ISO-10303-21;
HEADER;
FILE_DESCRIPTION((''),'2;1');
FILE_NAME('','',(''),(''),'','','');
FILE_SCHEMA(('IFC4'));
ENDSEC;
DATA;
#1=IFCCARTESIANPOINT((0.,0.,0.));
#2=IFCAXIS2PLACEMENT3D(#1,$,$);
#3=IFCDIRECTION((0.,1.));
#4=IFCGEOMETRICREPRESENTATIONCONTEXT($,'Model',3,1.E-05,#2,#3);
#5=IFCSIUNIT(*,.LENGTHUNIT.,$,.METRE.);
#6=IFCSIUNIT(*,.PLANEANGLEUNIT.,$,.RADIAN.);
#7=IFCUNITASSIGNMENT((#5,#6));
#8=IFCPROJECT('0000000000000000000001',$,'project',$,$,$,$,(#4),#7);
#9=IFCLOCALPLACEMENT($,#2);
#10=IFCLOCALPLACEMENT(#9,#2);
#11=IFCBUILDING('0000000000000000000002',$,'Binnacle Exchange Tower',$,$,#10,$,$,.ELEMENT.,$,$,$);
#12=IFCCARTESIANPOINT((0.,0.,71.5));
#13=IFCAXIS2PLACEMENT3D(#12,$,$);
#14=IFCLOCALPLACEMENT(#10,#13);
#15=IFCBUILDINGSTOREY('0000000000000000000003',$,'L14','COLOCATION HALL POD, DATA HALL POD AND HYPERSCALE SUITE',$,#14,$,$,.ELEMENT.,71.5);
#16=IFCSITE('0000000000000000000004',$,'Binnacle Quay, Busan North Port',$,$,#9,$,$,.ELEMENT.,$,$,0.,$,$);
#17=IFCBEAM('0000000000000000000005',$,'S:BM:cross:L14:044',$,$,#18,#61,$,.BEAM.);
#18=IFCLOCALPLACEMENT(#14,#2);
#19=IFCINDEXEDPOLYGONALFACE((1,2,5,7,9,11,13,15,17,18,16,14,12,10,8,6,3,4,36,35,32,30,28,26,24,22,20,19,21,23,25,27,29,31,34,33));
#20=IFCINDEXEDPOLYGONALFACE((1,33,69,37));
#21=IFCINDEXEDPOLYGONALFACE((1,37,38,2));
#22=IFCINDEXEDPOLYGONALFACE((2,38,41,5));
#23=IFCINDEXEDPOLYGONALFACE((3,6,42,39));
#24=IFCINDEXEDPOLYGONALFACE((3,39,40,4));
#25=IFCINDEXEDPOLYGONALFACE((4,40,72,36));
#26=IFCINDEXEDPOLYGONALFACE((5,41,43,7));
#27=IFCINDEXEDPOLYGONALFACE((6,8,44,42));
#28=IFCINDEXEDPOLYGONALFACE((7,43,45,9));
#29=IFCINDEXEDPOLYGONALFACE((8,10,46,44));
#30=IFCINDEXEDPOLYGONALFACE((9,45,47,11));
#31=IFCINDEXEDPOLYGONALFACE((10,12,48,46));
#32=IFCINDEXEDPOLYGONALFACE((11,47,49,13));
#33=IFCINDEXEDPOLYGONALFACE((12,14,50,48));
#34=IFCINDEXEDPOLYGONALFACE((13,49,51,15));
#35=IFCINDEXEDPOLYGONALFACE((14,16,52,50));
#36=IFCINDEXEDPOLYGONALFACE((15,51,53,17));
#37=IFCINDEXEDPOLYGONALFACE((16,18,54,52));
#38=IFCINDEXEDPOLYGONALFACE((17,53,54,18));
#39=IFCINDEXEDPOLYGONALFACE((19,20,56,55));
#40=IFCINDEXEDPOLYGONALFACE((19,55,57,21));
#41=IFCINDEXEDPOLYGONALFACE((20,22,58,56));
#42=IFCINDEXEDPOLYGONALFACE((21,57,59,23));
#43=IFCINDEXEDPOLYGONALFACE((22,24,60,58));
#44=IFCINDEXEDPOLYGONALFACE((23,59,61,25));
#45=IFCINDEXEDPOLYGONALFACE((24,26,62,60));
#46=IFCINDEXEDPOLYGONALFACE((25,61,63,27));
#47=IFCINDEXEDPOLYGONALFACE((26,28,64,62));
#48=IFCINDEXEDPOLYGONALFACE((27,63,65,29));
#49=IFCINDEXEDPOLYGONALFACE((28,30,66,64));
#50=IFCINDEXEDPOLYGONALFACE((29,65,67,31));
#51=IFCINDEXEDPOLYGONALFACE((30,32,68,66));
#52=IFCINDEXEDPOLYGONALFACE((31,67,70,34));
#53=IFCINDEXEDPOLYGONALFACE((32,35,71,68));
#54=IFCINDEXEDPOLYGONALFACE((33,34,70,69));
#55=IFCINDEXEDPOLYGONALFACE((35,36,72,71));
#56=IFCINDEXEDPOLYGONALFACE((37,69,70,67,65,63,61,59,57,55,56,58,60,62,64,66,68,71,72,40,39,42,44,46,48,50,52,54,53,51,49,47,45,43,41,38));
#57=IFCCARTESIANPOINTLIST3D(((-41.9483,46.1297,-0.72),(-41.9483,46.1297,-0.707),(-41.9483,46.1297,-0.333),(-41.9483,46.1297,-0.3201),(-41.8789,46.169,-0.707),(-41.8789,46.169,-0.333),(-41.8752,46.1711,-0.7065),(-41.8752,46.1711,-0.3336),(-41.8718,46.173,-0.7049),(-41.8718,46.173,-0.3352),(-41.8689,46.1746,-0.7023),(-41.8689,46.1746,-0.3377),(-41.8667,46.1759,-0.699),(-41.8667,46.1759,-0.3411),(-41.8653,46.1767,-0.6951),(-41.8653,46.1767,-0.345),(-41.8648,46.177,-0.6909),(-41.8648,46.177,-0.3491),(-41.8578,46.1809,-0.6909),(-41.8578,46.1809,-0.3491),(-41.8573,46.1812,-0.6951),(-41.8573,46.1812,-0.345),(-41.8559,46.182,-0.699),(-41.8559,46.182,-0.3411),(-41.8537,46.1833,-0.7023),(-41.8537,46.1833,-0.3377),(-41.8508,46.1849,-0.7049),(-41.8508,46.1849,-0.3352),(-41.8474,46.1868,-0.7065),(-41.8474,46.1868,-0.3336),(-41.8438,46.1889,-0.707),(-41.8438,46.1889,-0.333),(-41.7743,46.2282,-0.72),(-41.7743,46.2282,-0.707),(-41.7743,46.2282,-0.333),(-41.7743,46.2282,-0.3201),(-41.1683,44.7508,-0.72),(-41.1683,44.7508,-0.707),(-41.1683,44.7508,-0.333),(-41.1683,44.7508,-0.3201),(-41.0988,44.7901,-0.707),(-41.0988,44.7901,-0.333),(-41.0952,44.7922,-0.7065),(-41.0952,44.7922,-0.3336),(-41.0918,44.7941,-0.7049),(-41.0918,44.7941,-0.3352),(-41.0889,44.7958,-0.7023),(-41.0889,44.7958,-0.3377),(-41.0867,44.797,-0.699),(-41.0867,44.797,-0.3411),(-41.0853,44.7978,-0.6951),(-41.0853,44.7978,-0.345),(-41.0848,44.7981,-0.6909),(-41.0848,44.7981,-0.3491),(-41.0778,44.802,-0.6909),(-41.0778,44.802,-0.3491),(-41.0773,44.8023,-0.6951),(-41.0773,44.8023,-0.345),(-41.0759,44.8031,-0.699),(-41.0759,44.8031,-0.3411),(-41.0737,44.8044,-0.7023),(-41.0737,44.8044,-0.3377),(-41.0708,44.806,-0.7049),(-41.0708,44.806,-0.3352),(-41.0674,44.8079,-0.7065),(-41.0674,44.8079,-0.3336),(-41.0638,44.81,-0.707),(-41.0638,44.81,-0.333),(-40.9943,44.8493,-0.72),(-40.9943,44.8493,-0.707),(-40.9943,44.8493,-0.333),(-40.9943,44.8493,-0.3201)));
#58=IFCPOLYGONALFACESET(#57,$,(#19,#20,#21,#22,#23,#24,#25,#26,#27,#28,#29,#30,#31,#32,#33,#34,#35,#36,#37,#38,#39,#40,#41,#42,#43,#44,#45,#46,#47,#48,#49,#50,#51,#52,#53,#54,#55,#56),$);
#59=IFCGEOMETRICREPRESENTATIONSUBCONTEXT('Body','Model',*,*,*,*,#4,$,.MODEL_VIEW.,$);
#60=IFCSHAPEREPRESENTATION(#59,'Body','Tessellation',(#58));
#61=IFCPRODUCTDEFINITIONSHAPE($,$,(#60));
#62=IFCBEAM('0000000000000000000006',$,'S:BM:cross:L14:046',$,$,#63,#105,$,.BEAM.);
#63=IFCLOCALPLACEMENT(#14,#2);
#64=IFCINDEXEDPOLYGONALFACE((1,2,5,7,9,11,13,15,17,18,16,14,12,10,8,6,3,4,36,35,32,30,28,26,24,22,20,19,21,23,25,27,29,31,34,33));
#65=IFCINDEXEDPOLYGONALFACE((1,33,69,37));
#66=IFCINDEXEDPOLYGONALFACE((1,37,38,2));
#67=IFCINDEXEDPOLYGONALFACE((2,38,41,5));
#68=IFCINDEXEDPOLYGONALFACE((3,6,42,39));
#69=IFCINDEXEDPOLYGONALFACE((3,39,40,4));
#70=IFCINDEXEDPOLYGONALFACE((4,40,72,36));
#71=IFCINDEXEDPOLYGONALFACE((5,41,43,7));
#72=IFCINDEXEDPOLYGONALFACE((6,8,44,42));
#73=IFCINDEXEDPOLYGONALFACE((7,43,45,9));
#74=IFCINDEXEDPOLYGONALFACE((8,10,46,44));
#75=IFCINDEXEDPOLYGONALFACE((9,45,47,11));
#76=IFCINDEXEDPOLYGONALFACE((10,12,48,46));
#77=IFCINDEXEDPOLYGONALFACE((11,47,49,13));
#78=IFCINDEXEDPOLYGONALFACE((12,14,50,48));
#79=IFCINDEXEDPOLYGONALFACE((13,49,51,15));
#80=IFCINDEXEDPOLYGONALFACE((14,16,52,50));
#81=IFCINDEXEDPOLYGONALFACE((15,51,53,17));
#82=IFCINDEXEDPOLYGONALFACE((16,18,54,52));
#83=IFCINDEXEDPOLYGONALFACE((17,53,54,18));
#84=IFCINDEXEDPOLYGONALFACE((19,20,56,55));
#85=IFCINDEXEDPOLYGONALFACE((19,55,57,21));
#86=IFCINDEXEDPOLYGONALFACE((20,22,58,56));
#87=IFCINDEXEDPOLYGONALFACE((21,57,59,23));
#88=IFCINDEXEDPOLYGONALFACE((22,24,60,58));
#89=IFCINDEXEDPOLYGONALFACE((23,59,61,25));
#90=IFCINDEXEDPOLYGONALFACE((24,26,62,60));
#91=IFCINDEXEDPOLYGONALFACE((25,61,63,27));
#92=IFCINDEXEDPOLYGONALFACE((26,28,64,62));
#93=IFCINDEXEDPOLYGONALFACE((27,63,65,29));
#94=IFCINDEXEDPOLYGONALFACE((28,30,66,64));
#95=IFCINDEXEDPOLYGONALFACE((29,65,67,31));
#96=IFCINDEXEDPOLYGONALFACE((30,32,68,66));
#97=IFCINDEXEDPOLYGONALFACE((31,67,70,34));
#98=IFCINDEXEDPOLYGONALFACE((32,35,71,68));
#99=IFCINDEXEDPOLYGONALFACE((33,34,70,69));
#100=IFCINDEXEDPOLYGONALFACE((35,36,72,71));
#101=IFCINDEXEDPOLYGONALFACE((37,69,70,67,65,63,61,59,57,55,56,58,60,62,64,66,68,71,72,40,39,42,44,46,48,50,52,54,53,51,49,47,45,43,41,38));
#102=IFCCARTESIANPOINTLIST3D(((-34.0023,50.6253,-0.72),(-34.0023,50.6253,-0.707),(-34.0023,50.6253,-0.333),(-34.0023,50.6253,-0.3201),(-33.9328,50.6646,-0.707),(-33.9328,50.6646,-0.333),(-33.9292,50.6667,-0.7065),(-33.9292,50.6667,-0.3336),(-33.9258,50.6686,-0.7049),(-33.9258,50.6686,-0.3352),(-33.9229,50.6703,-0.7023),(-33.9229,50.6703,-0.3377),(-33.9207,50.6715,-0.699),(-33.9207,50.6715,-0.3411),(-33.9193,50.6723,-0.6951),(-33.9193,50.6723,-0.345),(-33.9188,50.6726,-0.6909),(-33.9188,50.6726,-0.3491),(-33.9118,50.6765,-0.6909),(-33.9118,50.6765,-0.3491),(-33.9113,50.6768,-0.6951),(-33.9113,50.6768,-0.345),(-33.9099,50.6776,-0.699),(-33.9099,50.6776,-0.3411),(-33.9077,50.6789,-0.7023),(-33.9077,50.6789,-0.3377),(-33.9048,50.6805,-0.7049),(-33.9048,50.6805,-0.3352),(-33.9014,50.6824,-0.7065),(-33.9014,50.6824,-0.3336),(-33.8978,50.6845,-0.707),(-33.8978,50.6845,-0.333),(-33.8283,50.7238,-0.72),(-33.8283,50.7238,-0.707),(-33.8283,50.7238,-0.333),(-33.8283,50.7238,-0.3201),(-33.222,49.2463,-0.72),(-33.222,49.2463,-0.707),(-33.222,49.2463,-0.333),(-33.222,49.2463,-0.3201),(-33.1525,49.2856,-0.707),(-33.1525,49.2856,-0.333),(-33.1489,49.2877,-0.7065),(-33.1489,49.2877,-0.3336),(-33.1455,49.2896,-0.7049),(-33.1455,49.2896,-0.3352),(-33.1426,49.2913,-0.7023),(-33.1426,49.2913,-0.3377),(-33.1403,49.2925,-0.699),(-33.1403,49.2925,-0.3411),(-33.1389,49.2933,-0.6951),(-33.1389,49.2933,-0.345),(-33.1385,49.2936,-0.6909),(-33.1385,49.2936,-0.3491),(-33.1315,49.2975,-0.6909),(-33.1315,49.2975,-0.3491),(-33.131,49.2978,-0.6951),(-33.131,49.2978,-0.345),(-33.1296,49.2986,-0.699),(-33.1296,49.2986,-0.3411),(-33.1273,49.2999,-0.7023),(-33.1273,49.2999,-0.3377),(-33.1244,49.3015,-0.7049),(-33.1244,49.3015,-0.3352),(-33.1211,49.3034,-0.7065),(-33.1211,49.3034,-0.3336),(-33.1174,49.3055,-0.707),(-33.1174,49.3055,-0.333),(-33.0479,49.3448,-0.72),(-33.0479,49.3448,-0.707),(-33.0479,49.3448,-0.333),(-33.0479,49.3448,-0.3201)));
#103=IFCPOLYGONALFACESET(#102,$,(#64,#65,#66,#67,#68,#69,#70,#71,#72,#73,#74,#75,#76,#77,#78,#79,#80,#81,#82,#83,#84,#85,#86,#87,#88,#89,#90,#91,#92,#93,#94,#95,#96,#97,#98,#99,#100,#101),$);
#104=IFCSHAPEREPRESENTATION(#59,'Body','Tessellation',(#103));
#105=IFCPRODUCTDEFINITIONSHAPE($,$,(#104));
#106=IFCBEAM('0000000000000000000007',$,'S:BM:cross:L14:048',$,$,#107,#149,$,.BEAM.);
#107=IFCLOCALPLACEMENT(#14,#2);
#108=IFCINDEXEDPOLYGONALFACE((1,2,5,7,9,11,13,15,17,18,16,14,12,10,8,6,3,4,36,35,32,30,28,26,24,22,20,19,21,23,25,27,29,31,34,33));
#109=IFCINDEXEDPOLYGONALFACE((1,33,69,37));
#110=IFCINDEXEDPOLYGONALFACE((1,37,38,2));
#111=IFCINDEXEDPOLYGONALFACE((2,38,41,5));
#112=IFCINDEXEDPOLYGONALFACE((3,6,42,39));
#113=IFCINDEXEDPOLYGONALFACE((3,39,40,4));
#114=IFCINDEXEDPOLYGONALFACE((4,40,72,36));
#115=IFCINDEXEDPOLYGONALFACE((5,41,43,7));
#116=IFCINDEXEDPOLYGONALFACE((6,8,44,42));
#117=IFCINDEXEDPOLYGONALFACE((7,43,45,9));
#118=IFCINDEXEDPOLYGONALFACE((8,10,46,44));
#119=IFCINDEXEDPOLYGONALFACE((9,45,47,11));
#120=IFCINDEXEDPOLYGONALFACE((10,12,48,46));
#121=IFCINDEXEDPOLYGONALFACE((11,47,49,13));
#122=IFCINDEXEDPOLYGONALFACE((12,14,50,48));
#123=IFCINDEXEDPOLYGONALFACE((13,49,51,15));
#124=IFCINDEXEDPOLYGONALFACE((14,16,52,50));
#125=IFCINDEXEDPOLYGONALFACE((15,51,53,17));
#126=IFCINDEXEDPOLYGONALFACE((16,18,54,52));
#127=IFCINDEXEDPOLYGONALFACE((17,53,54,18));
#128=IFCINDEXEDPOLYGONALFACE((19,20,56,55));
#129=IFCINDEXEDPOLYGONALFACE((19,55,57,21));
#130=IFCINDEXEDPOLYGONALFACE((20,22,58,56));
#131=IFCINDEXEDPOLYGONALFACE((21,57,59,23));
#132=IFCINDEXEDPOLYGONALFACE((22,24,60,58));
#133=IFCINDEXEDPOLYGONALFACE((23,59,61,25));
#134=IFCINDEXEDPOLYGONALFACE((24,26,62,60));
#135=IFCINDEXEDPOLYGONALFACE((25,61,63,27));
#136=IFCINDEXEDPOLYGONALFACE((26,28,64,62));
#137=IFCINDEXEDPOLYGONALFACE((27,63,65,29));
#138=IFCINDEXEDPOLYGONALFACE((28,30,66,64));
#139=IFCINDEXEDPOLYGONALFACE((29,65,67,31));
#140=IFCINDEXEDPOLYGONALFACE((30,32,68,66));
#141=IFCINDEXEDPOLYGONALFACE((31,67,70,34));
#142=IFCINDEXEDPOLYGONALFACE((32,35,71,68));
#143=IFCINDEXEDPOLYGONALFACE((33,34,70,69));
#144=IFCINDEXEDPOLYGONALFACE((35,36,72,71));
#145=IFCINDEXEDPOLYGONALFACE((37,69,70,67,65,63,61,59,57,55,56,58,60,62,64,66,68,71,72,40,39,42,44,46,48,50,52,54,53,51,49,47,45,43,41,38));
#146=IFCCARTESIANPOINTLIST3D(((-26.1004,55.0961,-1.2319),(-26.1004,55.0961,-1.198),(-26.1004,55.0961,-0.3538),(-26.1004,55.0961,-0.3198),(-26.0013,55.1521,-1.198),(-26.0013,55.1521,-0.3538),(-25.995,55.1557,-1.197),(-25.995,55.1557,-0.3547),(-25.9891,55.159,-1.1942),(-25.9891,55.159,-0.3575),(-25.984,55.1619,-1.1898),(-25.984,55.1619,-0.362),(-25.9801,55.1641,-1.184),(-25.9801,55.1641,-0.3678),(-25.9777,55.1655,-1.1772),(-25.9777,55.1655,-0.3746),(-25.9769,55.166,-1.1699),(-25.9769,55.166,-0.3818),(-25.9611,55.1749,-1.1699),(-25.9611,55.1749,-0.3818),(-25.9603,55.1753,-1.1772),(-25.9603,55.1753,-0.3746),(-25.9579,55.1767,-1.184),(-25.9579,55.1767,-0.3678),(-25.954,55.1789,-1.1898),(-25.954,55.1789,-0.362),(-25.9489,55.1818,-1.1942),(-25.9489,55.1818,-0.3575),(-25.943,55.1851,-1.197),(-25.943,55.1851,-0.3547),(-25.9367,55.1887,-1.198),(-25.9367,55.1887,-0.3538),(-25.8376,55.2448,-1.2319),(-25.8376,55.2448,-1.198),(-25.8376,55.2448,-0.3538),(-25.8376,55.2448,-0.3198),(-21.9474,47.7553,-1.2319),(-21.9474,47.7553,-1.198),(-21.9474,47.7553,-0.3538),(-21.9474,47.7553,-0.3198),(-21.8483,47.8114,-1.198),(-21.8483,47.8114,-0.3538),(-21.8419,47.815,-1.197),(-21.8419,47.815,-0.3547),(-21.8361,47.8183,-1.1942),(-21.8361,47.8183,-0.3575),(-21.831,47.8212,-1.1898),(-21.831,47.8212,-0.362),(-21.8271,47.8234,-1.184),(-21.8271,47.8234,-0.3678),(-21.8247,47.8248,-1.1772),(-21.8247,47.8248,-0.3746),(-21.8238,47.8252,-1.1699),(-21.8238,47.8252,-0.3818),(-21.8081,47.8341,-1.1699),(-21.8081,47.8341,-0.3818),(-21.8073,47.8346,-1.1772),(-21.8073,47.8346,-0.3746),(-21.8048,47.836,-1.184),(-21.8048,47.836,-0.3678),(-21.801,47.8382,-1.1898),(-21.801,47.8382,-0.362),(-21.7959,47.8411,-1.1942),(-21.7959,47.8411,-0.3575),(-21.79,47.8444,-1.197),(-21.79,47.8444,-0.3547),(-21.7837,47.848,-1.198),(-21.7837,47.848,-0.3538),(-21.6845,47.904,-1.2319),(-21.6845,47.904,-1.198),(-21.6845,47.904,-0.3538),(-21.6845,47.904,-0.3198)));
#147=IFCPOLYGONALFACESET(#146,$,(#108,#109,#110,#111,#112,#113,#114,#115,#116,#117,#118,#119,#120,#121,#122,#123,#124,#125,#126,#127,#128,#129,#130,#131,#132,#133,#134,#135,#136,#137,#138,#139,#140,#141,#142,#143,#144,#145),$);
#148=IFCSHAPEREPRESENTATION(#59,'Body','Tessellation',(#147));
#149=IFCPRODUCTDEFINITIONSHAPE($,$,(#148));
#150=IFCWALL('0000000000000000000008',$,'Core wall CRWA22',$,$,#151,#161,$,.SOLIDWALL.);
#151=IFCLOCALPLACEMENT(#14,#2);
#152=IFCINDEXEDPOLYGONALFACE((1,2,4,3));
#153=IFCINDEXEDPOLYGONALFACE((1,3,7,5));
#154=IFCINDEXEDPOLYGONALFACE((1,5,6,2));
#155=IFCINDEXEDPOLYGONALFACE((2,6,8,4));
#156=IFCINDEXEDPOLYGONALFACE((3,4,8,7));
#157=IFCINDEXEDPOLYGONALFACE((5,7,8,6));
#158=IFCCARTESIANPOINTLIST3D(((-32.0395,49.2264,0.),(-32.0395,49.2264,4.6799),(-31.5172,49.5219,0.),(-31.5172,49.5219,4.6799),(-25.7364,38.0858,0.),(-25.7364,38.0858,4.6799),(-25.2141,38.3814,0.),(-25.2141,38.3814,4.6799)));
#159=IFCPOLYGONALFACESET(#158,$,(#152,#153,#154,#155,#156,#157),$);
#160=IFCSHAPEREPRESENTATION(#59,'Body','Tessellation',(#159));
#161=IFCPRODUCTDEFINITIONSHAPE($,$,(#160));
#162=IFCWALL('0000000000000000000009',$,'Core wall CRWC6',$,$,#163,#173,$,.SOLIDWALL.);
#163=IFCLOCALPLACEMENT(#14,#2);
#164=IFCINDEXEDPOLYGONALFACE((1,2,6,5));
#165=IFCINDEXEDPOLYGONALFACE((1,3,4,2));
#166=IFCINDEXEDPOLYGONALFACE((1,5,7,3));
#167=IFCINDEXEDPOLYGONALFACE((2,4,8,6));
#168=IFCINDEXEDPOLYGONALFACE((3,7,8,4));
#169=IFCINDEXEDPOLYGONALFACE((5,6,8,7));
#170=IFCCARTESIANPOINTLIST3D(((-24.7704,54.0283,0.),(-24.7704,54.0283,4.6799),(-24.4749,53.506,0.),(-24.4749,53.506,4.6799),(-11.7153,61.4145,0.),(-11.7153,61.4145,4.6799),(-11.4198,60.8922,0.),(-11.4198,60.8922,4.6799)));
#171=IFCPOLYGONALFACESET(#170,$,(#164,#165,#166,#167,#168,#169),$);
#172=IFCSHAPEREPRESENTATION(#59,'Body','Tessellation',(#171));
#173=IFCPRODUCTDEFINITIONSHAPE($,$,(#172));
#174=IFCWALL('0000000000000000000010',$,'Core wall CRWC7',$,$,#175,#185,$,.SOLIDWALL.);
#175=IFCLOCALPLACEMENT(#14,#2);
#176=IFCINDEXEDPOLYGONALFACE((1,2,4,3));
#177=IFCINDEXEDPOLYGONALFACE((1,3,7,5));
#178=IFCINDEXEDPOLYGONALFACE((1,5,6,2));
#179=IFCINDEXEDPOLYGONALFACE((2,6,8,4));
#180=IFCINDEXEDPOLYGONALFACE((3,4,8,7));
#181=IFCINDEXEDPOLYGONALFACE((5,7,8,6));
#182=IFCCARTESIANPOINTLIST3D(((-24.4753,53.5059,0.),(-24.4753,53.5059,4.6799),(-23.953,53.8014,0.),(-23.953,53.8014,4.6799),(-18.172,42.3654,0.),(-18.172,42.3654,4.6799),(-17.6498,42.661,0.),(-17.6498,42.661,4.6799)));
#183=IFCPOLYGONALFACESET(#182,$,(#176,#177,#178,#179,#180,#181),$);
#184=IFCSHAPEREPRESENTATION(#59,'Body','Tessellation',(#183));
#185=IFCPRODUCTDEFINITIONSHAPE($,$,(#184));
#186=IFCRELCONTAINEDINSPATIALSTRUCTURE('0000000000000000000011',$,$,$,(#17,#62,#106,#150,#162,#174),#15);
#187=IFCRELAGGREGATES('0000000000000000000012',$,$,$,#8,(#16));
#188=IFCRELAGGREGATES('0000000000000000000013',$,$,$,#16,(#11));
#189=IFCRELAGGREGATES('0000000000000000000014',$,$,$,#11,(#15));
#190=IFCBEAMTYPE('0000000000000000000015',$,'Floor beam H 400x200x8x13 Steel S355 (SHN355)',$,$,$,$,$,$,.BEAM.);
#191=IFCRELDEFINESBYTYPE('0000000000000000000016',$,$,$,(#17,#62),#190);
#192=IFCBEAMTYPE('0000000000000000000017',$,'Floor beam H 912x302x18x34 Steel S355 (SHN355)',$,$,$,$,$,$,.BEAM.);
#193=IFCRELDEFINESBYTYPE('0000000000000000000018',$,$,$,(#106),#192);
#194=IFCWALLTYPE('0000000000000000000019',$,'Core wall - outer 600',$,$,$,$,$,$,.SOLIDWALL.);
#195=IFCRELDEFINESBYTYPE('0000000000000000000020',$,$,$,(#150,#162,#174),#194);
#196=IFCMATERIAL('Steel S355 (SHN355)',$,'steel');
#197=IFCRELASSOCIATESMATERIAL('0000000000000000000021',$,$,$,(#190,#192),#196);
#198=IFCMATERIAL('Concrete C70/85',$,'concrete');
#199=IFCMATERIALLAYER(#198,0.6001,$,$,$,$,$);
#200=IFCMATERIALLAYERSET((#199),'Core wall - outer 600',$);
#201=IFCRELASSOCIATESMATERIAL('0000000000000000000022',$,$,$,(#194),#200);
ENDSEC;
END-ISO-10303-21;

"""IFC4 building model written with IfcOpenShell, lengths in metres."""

from ifc_helpers import new_model, si_unit, direction, frame, frame_2d, origin, origin_2d, place, context, subcontext, project, spatial, rectangle, i_section, extrude, material, layer, layer_set, material_profile, profile_set, type_object, element, save


model = new_model("IFC4")

# Units and contexts
model_context = context("Model", 3, precision=1e-05, world=origin(), true_north=direction((0.0, 1.0)))
body_context = subcontext(model_context, "Body", "Model", "MODEL_VIEW")
ifc_project = project(units=[si_unit("LENGTHUNIT", "METRE"), si_unit("PLANEANGLEUNIT", "RADIAN")], contexts=[model_context])

# Site, building, storey
site_placement = place(None, origin())
site = spatial("IfcSite", under=ifc_project, at=site_placement, Name="Binnacle Quay, Busan North Port", CompositionType="ELEMENT", RefElevation=0.0)
building_placement = place(site_placement, origin())
building = spatial("IfcBuilding", under=site, at=building_placement, Name="Binnacle Exchange Tower", CompositionType="ELEMENT")
storey_placement = place(building_placement, frame((0.0, 0.0, 71.5)))
storey = spatial("IfcBuildingStorey", under=building, at=storey_placement, Name="L14", Description="COLOCATION HALL POD, DATA HALL POD AND HYPERSCALE SUITE", CompositionType="ELEMENT", Elevation=71.5)

# Shared definitions
ifc_material_1 = material(Name="Concrete C70/85", Category="concrete")

# Beams
ifc_material_2 = material(Name="Steel S355 (SHN355)", Category="steel")
ifc_material_profile_1 = material_profile(ifc_material_2, i_section(OverallWidth=0.2, OverallDepth=0.3999, WebThickness=0.0081, FlangeThickness=0.0129, FilletRadius=0.0161, at=origin_2d()), Name="H 400x200x8x13")
ifc_profile_set_1 = profile_set([ifc_material_profile_1], Name="Steel S355 (SHN355)")
beam_type_1 = type_object("IfcBeamType", Name="Floor beam H 400x200x8x13 Steel S355 (SHN355)", PredefinedType="BEAM", material=ifc_profile_set_1)
beam_1_placement = place(storey_placement, frame((-41.8613, 46.179, -0.52), z_axis=(0.492367, -0.870388, 0.0), x_axis=(0.870388, 0.492367, 0.0)))
element("IfcBeam", 1, at=beam_1_placement, inside=storey, type_object=beam_type_1, Name="S:BM:cross:L14:044", PredefinedType="BEAM", context=body_context, shape_type="SweptSolid", body=[
    extrude(i_section(OverallWidth=0.2, OverallDepth=0.3999, WebThickness=0.0081, FlangeThickness=0.0129, FilletRadius=0.0161, at=origin_2d()), origin(), (0.0, 0.0, 1.0), 1.5842),
])
beam_2_placement = place(storey_placement, frame((-33.9153, 50.6746, -0.52), z_axis=(0.492484, -0.870322, 0.0), x_axis=(0.870322, 0.492484, 0.0)))
element("IfcBeam", 2, at=beam_2_placement, inside=storey, type_object=beam_type_1, Name="S:BM:cross:L14:046", PredefinedType="BEAM", context=body_context, shape_type="SweptSolid", body=[
    extrude(i_section(OverallWidth=0.2, OverallDepth=0.3999, WebThickness=0.0081, FlangeThickness=0.0129, FilletRadius=0.0161, at=origin_2d()), origin(), (0.0, 0.0, 1.0), 1.5845),
])
ifc_material_profile_2 = material_profile(ifc_material_2, i_section(OverallWidth=0.302, OverallDepth=0.9121, WebThickness=0.0181, FlangeThickness=0.0339, FilletRadius=0.0281, at=origin_2d()), Name="H 912x302x18x34")
ifc_profile_set_2 = profile_set([ifc_material_profile_2], Name="Steel S355 (SHN355)")
beam_type_2 = type_object("IfcBeamType", Name="Floor beam H 912x302x18x34 Steel S355 (SHN355)", PredefinedType="BEAM", material=ifc_profile_set_2)
beam_3_placement = place(storey_placement, frame((-25.969, 55.1704, -0.7759), z_axis=(0.492409, -0.870364, 0.0), x_axis=(0.870364, 0.492409, 0.0)))
element("IfcBeam", 3, at=beam_3_placement, inside=storey, type_object=beam_type_2, Name="S:BM:cross:L14:048", PredefinedType="BEAM", context=body_context, shape_type="SweptSolid", body=[
    extrude(i_section(OverallWidth=0.302, OverallDepth=0.9121, WebThickness=0.0181, FlangeThickness=0.0339, FilletRadius=0.0281, at=origin_2d()), origin(), (0.0, 0.0, 1.0), 8.4341),
])

# Walls
ifc_layer_1 = layer(ifc_material_1, 0.6001)
ifc_layer_set_1 = layer_set([ifc_layer_1], Name="Core wall - outer 600")
wall_type_1 = type_object("IfcWallType", Name="Core wall - outer 600", PredefinedType="SOLIDWALL", material=ifc_layer_set_1)
wall_1_placement = place(storey_placement, frame((-31.7783, 49.374, 0.0), z_axis=(0.0, 0.0, 1.0), x_axis=(0.492433, -0.87035, 0.0)))
element("IfcWall", 4, at=wall_1_placement, inside=storey, type_object=wall_type_1, Name="Core wall CRWA22", PredefinedType="SOLIDWALL", context=body_context, shape_type="SweptSolid", body=[
    extrude(rectangle(XDim=12.8, YDim=0.6001, at=frame_2d((6.3999, 0.0))), origin(), (0.0, 0.0, 1.0), 4.6799),
])
wall_2_placement = place(storey_placement, frame((-24.6228, 53.7671, 0.0), z_axis=(0.0, 0.0, 1.0), x_axis=(0.870357, 0.492422, 0.0)))
element("IfcWall", 5, at=wall_2_placement, inside=storey, type_object=wall_type_1, Name="Core wall CRWC6", PredefinedType="SOLIDWALL", context=body_context, shape_type="SweptSolid", body=[
    extrude(rectangle(XDim=14.9998, YDim=0.6001, at=frame_2d((7.5, 0.0))), origin(), (0.0, 0.0, 1.0), 4.6799),
])
wall_3_placement = place(storey_placement, frame((-24.2141, 53.6536, 0.0), z_axis=(0.0, 0.0, 1.0), x_axis=(0.492441, -0.870346, 0.0)))
element("IfcWall", 6, at=wall_3_placement, inside=storey, type_object=wall_type_1, Name="Core wall CRWC7", PredefinedType="SOLIDWALL", context=body_context, shape_type="SweptSolid", body=[
    extrude(rectangle(XDim=12.8, YDim=0.6001, at=frame_2d((6.3999, 0.0))), origin(), (0.0, 0.0, 1.0), 4.6799),
])

save(model, "model.ifc")
